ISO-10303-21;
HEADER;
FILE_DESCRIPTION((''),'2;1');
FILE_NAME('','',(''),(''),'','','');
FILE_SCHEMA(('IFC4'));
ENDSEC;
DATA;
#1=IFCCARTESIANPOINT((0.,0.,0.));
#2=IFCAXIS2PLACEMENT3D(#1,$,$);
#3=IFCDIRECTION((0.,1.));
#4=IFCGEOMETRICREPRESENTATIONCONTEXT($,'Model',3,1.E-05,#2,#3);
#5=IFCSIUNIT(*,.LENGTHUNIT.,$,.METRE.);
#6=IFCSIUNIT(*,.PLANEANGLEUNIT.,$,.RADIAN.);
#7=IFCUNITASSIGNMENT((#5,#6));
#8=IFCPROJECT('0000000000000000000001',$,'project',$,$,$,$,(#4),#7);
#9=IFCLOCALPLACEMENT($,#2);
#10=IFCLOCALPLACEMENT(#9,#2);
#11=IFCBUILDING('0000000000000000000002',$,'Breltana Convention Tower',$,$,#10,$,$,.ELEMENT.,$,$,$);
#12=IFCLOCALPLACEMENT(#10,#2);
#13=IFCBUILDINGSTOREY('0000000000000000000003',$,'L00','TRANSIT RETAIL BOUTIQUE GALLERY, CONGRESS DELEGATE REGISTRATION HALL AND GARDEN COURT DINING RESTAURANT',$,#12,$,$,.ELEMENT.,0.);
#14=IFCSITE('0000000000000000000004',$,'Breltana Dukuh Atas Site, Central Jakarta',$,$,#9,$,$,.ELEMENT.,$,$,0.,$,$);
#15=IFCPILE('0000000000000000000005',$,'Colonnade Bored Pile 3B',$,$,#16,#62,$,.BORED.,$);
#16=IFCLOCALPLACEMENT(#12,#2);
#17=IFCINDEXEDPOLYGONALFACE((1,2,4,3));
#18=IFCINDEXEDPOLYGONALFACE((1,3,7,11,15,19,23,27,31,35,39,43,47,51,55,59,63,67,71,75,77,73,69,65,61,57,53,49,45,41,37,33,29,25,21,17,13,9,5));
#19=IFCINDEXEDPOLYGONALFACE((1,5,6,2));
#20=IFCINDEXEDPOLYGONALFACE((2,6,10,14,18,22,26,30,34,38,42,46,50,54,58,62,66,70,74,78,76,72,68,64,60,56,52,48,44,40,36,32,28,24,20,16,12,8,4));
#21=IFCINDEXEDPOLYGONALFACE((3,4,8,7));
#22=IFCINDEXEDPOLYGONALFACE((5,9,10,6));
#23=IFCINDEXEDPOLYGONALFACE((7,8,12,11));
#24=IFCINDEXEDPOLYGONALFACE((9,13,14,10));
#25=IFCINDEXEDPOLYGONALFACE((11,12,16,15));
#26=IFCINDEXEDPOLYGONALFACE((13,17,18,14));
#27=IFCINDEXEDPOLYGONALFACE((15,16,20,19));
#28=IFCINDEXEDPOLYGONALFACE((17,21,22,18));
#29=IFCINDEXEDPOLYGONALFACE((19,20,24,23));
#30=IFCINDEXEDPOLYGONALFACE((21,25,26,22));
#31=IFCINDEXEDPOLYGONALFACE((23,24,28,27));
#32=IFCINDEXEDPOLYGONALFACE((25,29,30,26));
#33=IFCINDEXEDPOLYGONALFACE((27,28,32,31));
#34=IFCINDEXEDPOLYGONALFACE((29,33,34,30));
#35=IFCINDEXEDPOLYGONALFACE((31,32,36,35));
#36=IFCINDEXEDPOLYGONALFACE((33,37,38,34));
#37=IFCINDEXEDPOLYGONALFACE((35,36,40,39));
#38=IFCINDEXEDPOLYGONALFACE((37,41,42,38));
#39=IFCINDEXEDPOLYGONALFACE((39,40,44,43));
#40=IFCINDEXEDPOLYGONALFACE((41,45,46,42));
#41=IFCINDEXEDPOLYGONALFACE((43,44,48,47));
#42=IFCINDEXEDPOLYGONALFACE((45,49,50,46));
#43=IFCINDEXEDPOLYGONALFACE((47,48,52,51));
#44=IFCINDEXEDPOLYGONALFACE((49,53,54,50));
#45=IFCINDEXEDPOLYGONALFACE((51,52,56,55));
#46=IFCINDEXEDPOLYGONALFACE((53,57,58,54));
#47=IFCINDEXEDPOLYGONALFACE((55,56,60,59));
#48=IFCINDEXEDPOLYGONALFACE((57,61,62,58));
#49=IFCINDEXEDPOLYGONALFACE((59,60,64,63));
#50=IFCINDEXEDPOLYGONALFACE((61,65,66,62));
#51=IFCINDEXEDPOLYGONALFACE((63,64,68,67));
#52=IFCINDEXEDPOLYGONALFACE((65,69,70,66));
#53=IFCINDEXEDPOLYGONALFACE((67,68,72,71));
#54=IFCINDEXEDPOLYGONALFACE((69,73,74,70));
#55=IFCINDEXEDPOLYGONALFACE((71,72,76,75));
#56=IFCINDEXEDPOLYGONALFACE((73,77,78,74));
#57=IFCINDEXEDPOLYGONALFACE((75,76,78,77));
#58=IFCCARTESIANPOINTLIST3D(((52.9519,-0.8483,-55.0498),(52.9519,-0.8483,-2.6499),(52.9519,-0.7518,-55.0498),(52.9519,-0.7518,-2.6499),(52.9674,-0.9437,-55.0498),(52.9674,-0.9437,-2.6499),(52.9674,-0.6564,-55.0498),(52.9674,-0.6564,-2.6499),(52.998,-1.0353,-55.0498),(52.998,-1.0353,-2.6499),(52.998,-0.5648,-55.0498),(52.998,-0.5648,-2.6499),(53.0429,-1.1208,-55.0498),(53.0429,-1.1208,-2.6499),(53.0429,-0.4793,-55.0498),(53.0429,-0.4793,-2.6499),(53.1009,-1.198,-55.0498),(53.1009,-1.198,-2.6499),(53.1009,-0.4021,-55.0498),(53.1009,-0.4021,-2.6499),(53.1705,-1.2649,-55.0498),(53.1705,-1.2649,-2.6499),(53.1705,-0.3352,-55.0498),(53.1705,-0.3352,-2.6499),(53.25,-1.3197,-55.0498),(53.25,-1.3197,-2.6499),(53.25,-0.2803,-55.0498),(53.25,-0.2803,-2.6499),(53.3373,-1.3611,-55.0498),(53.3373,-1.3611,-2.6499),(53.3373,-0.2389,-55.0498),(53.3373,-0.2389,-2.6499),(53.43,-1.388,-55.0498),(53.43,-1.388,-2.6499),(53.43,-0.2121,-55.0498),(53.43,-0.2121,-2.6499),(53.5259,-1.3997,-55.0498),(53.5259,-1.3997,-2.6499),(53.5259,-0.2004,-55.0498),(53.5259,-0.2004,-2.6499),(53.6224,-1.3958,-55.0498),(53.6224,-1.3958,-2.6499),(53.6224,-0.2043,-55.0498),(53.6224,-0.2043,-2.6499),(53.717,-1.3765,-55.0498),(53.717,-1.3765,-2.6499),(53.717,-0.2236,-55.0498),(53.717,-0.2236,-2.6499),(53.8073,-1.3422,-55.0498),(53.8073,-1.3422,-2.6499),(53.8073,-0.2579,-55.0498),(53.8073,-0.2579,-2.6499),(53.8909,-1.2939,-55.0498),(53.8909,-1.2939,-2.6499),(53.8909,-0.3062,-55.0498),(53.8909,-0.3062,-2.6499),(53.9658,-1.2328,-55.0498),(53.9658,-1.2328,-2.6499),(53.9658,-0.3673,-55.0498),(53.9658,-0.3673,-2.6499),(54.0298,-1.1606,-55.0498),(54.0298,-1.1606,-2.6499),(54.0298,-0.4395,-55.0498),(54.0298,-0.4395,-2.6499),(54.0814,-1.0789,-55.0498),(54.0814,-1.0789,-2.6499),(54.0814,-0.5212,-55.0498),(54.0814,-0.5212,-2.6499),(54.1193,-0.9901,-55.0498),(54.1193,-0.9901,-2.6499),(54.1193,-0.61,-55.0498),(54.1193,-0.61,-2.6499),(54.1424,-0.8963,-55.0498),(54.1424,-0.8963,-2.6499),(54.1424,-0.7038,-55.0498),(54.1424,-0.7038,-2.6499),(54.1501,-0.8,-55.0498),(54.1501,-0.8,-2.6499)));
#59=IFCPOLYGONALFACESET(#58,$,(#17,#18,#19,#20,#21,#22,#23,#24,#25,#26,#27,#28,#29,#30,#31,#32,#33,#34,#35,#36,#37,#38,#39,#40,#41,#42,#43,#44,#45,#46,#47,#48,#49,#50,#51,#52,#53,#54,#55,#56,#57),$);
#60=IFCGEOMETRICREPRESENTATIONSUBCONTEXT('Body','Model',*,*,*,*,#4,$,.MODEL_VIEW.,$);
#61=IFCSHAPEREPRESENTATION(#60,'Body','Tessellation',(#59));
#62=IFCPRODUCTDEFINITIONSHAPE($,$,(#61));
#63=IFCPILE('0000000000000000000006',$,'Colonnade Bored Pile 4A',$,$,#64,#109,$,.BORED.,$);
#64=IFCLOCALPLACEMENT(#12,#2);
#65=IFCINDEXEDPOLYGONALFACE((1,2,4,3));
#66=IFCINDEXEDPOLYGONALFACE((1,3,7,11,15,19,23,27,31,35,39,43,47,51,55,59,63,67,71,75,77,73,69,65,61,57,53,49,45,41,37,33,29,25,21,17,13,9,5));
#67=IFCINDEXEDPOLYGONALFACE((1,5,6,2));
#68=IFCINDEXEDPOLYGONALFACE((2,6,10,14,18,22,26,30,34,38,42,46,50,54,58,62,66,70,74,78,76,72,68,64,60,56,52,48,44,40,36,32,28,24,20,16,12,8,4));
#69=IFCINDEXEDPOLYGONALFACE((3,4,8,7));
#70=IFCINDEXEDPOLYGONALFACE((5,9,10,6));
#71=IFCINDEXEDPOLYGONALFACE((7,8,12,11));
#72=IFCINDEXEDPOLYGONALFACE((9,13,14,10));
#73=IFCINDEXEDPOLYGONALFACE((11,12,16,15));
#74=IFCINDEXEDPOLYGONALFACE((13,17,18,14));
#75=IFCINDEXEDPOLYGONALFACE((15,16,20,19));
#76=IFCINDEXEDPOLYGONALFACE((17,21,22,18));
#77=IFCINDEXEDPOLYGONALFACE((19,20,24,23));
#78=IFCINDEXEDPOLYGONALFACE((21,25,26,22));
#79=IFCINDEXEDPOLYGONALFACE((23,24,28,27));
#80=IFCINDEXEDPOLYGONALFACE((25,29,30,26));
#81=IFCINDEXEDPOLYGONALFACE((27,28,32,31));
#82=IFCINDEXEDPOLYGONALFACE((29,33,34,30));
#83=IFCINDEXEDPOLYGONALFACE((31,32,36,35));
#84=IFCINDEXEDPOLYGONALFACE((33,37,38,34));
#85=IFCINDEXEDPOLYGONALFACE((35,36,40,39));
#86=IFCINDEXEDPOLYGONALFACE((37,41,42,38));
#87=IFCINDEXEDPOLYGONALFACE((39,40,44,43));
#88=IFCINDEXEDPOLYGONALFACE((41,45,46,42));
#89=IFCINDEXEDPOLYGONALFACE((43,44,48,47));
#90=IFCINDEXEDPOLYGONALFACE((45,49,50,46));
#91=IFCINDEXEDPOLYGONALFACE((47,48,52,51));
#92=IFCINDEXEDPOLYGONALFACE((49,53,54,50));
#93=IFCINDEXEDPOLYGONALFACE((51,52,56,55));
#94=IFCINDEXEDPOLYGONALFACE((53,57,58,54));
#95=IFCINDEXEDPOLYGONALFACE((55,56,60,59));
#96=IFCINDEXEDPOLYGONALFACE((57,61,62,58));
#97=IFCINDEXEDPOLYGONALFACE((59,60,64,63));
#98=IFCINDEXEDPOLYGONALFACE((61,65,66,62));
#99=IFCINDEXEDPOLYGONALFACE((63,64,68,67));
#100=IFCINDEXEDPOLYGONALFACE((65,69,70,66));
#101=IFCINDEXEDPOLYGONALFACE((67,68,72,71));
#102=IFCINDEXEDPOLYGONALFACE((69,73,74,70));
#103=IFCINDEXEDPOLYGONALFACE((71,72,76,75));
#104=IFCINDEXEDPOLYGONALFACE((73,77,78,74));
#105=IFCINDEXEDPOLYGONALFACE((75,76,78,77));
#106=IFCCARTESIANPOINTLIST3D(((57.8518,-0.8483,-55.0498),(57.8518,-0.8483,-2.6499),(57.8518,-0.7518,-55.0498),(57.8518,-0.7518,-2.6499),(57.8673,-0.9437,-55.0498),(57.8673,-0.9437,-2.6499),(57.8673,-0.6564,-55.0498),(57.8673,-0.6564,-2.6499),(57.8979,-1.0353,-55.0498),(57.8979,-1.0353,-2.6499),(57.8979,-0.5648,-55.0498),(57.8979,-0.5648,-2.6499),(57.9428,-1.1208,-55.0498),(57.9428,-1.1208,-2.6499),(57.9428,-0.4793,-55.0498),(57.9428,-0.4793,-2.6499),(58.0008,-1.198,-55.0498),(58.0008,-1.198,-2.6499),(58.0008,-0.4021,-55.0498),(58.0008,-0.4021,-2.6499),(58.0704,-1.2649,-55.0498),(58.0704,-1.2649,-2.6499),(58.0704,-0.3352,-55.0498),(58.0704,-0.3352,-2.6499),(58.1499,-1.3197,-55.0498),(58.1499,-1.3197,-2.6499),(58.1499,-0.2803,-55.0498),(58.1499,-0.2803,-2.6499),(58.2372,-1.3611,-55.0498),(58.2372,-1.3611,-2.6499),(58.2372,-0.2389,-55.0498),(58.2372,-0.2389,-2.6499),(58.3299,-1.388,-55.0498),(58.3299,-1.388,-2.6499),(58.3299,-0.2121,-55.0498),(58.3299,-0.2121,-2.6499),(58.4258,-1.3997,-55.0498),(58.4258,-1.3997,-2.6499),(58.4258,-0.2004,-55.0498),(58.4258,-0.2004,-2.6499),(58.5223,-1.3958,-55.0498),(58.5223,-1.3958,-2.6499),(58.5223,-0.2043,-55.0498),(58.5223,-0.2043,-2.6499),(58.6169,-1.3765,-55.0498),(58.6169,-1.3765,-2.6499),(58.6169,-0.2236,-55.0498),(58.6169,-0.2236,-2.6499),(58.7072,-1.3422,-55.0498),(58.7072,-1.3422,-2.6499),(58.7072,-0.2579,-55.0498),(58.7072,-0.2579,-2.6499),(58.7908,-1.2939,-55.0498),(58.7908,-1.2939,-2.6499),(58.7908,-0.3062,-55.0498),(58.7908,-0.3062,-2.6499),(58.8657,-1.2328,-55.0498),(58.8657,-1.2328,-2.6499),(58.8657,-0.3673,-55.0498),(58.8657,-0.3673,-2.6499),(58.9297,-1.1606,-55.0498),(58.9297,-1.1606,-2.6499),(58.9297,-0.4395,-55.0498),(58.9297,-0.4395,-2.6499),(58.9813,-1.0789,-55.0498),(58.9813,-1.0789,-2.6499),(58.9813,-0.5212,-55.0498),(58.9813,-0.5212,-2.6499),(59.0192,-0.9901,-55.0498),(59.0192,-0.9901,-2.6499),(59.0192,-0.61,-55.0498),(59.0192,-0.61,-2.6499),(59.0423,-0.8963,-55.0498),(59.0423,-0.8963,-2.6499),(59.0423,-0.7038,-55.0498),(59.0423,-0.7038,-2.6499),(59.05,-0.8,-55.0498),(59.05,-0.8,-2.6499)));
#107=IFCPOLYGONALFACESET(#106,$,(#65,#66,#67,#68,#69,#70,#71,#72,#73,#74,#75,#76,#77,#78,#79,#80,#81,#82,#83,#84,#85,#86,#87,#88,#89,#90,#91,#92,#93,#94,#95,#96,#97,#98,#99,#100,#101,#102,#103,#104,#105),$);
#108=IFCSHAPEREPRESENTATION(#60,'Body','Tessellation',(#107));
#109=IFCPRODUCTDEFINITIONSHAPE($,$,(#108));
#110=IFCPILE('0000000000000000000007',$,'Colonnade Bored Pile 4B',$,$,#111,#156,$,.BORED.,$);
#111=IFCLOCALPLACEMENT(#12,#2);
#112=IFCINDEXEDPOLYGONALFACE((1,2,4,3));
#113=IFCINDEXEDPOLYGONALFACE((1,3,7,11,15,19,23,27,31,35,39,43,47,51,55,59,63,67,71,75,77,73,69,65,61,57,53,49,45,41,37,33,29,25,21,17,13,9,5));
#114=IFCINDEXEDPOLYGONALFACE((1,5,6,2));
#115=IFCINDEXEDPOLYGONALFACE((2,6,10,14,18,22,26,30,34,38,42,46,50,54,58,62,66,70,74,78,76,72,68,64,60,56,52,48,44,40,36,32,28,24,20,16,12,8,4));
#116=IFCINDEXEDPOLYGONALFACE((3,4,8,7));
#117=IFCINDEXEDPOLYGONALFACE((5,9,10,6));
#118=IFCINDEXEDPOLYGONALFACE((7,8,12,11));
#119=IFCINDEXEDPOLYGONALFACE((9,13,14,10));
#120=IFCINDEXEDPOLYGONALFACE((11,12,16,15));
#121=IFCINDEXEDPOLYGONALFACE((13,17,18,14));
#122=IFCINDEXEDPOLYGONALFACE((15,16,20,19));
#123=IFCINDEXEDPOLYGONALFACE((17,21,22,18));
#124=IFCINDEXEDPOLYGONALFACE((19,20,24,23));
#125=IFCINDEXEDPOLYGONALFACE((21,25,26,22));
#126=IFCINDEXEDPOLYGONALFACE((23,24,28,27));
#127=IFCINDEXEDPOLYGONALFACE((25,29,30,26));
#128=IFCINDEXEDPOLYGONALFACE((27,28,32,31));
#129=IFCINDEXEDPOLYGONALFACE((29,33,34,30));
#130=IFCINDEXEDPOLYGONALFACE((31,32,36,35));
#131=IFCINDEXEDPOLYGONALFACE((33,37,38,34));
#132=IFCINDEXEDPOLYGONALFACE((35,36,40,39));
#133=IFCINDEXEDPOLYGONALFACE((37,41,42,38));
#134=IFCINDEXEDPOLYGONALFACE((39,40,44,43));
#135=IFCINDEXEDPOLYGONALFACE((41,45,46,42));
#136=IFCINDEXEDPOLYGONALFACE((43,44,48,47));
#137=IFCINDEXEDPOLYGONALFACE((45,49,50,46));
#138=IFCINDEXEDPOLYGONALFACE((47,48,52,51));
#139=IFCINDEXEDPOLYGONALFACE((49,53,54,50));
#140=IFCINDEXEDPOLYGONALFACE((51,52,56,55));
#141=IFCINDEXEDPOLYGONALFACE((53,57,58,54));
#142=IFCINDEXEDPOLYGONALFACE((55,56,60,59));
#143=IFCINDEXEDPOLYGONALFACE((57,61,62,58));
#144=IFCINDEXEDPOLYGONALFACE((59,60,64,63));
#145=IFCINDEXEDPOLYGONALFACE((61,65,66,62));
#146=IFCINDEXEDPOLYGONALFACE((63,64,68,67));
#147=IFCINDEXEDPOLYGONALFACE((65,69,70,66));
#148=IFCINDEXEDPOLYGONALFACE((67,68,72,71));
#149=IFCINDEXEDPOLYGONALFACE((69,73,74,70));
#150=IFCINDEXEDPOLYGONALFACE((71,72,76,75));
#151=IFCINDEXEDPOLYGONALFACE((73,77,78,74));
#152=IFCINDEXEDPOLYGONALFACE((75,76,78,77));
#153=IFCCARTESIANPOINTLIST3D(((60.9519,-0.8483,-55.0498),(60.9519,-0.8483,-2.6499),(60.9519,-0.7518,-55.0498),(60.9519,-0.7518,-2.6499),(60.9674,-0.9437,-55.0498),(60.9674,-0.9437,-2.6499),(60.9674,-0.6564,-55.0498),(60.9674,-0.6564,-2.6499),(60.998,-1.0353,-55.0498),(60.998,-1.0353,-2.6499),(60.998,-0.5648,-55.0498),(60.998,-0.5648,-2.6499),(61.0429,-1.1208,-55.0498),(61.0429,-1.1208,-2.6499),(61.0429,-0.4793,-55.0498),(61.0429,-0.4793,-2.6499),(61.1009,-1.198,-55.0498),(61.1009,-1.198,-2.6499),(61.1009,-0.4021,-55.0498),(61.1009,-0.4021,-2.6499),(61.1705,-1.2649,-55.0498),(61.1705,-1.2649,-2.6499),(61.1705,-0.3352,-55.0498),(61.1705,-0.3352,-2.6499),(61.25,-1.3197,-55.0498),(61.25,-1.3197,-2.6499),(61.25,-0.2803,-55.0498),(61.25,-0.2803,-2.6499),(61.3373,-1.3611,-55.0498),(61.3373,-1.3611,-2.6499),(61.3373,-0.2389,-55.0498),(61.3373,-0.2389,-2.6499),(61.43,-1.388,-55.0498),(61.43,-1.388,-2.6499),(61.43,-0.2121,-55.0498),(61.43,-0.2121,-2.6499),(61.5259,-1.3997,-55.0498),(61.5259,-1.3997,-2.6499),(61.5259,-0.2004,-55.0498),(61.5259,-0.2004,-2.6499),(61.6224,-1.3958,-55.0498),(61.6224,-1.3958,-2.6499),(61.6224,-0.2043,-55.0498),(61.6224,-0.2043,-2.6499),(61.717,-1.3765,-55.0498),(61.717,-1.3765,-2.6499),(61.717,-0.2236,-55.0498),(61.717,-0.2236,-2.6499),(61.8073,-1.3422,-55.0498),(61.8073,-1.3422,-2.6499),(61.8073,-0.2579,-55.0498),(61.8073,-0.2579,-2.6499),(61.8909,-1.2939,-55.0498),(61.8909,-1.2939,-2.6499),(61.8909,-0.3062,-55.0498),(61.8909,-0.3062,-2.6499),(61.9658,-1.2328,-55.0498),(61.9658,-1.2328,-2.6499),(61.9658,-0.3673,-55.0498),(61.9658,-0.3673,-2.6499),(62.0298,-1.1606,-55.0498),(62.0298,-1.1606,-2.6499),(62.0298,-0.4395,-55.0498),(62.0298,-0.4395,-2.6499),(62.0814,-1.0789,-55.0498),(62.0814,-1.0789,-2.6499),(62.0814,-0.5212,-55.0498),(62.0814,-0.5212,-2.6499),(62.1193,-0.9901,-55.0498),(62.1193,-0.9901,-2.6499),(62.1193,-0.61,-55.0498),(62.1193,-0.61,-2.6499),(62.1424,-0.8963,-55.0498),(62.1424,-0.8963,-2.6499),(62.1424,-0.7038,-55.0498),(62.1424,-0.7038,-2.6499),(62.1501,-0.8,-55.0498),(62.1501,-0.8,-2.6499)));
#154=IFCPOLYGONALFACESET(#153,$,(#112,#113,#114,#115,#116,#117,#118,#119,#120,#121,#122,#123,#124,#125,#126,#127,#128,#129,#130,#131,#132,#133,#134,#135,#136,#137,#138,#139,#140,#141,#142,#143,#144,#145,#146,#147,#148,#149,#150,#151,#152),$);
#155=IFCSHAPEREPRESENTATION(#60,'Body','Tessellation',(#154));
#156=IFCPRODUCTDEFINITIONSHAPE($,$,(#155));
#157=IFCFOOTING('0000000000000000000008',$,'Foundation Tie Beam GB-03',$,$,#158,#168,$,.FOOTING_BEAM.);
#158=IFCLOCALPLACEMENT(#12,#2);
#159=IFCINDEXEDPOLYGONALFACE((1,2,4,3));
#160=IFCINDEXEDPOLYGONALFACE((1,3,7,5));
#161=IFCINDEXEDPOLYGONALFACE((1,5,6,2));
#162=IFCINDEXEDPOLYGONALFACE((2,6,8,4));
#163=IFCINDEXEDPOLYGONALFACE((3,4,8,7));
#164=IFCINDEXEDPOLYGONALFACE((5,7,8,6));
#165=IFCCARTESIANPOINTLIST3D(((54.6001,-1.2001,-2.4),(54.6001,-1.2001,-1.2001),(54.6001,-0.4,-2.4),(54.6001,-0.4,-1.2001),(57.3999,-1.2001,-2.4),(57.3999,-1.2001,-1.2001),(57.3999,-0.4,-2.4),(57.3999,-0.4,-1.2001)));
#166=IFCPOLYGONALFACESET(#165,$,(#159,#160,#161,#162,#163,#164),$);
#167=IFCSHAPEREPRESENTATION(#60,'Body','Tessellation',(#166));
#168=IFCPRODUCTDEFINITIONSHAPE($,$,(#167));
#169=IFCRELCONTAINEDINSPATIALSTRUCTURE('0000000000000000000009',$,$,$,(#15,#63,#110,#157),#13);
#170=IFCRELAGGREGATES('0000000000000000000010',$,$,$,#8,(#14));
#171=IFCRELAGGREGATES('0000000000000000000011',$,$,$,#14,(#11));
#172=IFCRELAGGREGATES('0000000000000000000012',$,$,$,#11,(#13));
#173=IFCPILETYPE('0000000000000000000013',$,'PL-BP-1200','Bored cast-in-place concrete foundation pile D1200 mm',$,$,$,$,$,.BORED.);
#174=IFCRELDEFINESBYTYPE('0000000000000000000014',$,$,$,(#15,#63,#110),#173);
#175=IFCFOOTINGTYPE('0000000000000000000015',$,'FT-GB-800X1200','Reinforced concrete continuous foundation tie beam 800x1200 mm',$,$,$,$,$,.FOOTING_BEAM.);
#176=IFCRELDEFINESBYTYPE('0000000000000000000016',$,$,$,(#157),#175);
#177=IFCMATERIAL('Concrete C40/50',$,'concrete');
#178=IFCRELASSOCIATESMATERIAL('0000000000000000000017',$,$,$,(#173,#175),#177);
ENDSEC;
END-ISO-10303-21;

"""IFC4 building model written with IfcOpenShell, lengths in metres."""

from ifc_helpers import new_model, si_unit, direction, frame, origin, origin_2d, place, context, subcontext, project, spatial, rectangle, circle, extrude, source, transform, mapped, material, material_profile, profile_set, type_object, type_shapes, element, save


model = new_model("IFC4")

# Units and contexts
model_context = context("Model", 3, precision=1e-05, world=origin(), true_north=direction((0.0, 1.0)))
body_context = subcontext(model_context, "Body", "Model", "MODEL_VIEW")
ifc_project = project(units=[si_unit("LENGTHUNIT", "METRE"), si_unit("PLANEANGLEUNIT", "RADIAN")], contexts=[model_context])

# Site, building, storey
site_placement = place(None, origin())
site = spatial("IfcSite", under=ifc_project, at=site_placement, Name="Breltana Dukuh Atas Site, Central Jakarta", CompositionType="ELEMENT", RefElevation=0.0)
building_placement = place(site_placement, origin())
building = spatial("IfcBuilding", under=site, at=building_placement, Name="Breltana Convention Tower", CompositionType="ELEMENT")
storey_placement = place(building_placement, origin())
storey = spatial("IfcBuildingStorey", under=building, at=storey_placement, Name="L00", Description="TRANSIT RETAIL BOUTIQUE GALLERY, CONGRESS DELEGATE REGISTRATION HALL AND GARDEN COURT DINING RESTAURANT", CompositionType="ELEMENT", Elevation=0.0)

# Piles
ifc_material_1 = material(Name="Concrete C40/50", Category="concrete")
ifc_material_profile_1 = material_profile(ifc_material_1, circle(Radius=0.6001, at=origin_2d()), Name="BP-D1200")
ifc_profile_set_1 = profile_set([ifc_material_profile_1], Name="Concrete C40/50")
pile_type = type_object("IfcPileType", Name="PL-BP-1200", Description="Bored cast-in-place concrete foundation pile D1200 mm", PredefinedType="BORED", material=ifc_profile_set_1)
shared_shape_1 = source(origin(), body_context, "Body", "SweptSolid", [
    extrude(circle(Radius=0.6001, at=origin_2d()), origin(), (0.0, 0.0, 1.0), 52.3999),
])
for number, where, z_axis, x_axis, name in (
    (1, (53.55, -0.8, -2.6499), (0.0, 0.0, -1.0), (1.0, 0.0, 0.0), "Colonnade Bored Pile 3B"),
    (2, (58.45, -0.8, -2.6499), (0.0, 0.0, -1.0), (1.0, 0.0, 0.0), "Colonnade Bored Pile 4A"),
    (3, (61.55, -0.8, -2.6499), (0.0, 0.0, -1.0), (1.0, 0.0, 0.0), "Colonnade Bored Pile 4B"),
):
    element("IfcPile", number, at=place(storey_placement, frame(where, z_axis=z_axis, x_axis=x_axis)), inside=storey, type_object=pile_type, Name=name, PredefinedType="BORED", context=body_context, shape_type="MappedRepresentation", body=[
        mapped(shared_shape_1, transform((0.0, 0.0, 0.0), scale=1.0)),
    ])

# Footing
ifc_material_profile_2 = material_profile(ifc_material_1, rectangle(XDim=0.8, YDim=1.2, at=origin_2d()), Name="RC-BM-800X1200")
ifc_profile_set_2 = profile_set([ifc_material_profile_2], Name="Concrete C40/50")
footing_type = type_object("IfcFootingType", Name="FT-GB-800X1200", Description="Reinforced concrete continuous foundation tie beam 800x1200 mm", PredefinedType="FOOTING_BEAM", material=ifc_profile_set_2)
shared_shape_2 = source(origin(), body_context, "Body", "SweptSolid", [
    extrude(rectangle(XDim=0.8, YDim=1.2, at=origin_2d()), origin(), (0.0, 0.0, 1.0), 2.7998),
])
type_shapes(footing_type, [shared_shape_2])
footing_placement = place(storey_placement, frame((54.6001, -0.8, -1.8), z_axis=(1.0, 0.0, 0.0), x_axis=(0.0, 1.0, 0.0)))
element("IfcFooting", 4, at=footing_placement, inside=storey, type_object=footing_type, Name="Foundation Tie Beam GB-03", PredefinedType="FOOTING_BEAM", context=body_context, shape_type="MappedRepresentation", body=[
    mapped(shared_shape_2, transform((0.0, 0.0, 0.0), scale=1.0)),
])

save(model, "model.ifc")
